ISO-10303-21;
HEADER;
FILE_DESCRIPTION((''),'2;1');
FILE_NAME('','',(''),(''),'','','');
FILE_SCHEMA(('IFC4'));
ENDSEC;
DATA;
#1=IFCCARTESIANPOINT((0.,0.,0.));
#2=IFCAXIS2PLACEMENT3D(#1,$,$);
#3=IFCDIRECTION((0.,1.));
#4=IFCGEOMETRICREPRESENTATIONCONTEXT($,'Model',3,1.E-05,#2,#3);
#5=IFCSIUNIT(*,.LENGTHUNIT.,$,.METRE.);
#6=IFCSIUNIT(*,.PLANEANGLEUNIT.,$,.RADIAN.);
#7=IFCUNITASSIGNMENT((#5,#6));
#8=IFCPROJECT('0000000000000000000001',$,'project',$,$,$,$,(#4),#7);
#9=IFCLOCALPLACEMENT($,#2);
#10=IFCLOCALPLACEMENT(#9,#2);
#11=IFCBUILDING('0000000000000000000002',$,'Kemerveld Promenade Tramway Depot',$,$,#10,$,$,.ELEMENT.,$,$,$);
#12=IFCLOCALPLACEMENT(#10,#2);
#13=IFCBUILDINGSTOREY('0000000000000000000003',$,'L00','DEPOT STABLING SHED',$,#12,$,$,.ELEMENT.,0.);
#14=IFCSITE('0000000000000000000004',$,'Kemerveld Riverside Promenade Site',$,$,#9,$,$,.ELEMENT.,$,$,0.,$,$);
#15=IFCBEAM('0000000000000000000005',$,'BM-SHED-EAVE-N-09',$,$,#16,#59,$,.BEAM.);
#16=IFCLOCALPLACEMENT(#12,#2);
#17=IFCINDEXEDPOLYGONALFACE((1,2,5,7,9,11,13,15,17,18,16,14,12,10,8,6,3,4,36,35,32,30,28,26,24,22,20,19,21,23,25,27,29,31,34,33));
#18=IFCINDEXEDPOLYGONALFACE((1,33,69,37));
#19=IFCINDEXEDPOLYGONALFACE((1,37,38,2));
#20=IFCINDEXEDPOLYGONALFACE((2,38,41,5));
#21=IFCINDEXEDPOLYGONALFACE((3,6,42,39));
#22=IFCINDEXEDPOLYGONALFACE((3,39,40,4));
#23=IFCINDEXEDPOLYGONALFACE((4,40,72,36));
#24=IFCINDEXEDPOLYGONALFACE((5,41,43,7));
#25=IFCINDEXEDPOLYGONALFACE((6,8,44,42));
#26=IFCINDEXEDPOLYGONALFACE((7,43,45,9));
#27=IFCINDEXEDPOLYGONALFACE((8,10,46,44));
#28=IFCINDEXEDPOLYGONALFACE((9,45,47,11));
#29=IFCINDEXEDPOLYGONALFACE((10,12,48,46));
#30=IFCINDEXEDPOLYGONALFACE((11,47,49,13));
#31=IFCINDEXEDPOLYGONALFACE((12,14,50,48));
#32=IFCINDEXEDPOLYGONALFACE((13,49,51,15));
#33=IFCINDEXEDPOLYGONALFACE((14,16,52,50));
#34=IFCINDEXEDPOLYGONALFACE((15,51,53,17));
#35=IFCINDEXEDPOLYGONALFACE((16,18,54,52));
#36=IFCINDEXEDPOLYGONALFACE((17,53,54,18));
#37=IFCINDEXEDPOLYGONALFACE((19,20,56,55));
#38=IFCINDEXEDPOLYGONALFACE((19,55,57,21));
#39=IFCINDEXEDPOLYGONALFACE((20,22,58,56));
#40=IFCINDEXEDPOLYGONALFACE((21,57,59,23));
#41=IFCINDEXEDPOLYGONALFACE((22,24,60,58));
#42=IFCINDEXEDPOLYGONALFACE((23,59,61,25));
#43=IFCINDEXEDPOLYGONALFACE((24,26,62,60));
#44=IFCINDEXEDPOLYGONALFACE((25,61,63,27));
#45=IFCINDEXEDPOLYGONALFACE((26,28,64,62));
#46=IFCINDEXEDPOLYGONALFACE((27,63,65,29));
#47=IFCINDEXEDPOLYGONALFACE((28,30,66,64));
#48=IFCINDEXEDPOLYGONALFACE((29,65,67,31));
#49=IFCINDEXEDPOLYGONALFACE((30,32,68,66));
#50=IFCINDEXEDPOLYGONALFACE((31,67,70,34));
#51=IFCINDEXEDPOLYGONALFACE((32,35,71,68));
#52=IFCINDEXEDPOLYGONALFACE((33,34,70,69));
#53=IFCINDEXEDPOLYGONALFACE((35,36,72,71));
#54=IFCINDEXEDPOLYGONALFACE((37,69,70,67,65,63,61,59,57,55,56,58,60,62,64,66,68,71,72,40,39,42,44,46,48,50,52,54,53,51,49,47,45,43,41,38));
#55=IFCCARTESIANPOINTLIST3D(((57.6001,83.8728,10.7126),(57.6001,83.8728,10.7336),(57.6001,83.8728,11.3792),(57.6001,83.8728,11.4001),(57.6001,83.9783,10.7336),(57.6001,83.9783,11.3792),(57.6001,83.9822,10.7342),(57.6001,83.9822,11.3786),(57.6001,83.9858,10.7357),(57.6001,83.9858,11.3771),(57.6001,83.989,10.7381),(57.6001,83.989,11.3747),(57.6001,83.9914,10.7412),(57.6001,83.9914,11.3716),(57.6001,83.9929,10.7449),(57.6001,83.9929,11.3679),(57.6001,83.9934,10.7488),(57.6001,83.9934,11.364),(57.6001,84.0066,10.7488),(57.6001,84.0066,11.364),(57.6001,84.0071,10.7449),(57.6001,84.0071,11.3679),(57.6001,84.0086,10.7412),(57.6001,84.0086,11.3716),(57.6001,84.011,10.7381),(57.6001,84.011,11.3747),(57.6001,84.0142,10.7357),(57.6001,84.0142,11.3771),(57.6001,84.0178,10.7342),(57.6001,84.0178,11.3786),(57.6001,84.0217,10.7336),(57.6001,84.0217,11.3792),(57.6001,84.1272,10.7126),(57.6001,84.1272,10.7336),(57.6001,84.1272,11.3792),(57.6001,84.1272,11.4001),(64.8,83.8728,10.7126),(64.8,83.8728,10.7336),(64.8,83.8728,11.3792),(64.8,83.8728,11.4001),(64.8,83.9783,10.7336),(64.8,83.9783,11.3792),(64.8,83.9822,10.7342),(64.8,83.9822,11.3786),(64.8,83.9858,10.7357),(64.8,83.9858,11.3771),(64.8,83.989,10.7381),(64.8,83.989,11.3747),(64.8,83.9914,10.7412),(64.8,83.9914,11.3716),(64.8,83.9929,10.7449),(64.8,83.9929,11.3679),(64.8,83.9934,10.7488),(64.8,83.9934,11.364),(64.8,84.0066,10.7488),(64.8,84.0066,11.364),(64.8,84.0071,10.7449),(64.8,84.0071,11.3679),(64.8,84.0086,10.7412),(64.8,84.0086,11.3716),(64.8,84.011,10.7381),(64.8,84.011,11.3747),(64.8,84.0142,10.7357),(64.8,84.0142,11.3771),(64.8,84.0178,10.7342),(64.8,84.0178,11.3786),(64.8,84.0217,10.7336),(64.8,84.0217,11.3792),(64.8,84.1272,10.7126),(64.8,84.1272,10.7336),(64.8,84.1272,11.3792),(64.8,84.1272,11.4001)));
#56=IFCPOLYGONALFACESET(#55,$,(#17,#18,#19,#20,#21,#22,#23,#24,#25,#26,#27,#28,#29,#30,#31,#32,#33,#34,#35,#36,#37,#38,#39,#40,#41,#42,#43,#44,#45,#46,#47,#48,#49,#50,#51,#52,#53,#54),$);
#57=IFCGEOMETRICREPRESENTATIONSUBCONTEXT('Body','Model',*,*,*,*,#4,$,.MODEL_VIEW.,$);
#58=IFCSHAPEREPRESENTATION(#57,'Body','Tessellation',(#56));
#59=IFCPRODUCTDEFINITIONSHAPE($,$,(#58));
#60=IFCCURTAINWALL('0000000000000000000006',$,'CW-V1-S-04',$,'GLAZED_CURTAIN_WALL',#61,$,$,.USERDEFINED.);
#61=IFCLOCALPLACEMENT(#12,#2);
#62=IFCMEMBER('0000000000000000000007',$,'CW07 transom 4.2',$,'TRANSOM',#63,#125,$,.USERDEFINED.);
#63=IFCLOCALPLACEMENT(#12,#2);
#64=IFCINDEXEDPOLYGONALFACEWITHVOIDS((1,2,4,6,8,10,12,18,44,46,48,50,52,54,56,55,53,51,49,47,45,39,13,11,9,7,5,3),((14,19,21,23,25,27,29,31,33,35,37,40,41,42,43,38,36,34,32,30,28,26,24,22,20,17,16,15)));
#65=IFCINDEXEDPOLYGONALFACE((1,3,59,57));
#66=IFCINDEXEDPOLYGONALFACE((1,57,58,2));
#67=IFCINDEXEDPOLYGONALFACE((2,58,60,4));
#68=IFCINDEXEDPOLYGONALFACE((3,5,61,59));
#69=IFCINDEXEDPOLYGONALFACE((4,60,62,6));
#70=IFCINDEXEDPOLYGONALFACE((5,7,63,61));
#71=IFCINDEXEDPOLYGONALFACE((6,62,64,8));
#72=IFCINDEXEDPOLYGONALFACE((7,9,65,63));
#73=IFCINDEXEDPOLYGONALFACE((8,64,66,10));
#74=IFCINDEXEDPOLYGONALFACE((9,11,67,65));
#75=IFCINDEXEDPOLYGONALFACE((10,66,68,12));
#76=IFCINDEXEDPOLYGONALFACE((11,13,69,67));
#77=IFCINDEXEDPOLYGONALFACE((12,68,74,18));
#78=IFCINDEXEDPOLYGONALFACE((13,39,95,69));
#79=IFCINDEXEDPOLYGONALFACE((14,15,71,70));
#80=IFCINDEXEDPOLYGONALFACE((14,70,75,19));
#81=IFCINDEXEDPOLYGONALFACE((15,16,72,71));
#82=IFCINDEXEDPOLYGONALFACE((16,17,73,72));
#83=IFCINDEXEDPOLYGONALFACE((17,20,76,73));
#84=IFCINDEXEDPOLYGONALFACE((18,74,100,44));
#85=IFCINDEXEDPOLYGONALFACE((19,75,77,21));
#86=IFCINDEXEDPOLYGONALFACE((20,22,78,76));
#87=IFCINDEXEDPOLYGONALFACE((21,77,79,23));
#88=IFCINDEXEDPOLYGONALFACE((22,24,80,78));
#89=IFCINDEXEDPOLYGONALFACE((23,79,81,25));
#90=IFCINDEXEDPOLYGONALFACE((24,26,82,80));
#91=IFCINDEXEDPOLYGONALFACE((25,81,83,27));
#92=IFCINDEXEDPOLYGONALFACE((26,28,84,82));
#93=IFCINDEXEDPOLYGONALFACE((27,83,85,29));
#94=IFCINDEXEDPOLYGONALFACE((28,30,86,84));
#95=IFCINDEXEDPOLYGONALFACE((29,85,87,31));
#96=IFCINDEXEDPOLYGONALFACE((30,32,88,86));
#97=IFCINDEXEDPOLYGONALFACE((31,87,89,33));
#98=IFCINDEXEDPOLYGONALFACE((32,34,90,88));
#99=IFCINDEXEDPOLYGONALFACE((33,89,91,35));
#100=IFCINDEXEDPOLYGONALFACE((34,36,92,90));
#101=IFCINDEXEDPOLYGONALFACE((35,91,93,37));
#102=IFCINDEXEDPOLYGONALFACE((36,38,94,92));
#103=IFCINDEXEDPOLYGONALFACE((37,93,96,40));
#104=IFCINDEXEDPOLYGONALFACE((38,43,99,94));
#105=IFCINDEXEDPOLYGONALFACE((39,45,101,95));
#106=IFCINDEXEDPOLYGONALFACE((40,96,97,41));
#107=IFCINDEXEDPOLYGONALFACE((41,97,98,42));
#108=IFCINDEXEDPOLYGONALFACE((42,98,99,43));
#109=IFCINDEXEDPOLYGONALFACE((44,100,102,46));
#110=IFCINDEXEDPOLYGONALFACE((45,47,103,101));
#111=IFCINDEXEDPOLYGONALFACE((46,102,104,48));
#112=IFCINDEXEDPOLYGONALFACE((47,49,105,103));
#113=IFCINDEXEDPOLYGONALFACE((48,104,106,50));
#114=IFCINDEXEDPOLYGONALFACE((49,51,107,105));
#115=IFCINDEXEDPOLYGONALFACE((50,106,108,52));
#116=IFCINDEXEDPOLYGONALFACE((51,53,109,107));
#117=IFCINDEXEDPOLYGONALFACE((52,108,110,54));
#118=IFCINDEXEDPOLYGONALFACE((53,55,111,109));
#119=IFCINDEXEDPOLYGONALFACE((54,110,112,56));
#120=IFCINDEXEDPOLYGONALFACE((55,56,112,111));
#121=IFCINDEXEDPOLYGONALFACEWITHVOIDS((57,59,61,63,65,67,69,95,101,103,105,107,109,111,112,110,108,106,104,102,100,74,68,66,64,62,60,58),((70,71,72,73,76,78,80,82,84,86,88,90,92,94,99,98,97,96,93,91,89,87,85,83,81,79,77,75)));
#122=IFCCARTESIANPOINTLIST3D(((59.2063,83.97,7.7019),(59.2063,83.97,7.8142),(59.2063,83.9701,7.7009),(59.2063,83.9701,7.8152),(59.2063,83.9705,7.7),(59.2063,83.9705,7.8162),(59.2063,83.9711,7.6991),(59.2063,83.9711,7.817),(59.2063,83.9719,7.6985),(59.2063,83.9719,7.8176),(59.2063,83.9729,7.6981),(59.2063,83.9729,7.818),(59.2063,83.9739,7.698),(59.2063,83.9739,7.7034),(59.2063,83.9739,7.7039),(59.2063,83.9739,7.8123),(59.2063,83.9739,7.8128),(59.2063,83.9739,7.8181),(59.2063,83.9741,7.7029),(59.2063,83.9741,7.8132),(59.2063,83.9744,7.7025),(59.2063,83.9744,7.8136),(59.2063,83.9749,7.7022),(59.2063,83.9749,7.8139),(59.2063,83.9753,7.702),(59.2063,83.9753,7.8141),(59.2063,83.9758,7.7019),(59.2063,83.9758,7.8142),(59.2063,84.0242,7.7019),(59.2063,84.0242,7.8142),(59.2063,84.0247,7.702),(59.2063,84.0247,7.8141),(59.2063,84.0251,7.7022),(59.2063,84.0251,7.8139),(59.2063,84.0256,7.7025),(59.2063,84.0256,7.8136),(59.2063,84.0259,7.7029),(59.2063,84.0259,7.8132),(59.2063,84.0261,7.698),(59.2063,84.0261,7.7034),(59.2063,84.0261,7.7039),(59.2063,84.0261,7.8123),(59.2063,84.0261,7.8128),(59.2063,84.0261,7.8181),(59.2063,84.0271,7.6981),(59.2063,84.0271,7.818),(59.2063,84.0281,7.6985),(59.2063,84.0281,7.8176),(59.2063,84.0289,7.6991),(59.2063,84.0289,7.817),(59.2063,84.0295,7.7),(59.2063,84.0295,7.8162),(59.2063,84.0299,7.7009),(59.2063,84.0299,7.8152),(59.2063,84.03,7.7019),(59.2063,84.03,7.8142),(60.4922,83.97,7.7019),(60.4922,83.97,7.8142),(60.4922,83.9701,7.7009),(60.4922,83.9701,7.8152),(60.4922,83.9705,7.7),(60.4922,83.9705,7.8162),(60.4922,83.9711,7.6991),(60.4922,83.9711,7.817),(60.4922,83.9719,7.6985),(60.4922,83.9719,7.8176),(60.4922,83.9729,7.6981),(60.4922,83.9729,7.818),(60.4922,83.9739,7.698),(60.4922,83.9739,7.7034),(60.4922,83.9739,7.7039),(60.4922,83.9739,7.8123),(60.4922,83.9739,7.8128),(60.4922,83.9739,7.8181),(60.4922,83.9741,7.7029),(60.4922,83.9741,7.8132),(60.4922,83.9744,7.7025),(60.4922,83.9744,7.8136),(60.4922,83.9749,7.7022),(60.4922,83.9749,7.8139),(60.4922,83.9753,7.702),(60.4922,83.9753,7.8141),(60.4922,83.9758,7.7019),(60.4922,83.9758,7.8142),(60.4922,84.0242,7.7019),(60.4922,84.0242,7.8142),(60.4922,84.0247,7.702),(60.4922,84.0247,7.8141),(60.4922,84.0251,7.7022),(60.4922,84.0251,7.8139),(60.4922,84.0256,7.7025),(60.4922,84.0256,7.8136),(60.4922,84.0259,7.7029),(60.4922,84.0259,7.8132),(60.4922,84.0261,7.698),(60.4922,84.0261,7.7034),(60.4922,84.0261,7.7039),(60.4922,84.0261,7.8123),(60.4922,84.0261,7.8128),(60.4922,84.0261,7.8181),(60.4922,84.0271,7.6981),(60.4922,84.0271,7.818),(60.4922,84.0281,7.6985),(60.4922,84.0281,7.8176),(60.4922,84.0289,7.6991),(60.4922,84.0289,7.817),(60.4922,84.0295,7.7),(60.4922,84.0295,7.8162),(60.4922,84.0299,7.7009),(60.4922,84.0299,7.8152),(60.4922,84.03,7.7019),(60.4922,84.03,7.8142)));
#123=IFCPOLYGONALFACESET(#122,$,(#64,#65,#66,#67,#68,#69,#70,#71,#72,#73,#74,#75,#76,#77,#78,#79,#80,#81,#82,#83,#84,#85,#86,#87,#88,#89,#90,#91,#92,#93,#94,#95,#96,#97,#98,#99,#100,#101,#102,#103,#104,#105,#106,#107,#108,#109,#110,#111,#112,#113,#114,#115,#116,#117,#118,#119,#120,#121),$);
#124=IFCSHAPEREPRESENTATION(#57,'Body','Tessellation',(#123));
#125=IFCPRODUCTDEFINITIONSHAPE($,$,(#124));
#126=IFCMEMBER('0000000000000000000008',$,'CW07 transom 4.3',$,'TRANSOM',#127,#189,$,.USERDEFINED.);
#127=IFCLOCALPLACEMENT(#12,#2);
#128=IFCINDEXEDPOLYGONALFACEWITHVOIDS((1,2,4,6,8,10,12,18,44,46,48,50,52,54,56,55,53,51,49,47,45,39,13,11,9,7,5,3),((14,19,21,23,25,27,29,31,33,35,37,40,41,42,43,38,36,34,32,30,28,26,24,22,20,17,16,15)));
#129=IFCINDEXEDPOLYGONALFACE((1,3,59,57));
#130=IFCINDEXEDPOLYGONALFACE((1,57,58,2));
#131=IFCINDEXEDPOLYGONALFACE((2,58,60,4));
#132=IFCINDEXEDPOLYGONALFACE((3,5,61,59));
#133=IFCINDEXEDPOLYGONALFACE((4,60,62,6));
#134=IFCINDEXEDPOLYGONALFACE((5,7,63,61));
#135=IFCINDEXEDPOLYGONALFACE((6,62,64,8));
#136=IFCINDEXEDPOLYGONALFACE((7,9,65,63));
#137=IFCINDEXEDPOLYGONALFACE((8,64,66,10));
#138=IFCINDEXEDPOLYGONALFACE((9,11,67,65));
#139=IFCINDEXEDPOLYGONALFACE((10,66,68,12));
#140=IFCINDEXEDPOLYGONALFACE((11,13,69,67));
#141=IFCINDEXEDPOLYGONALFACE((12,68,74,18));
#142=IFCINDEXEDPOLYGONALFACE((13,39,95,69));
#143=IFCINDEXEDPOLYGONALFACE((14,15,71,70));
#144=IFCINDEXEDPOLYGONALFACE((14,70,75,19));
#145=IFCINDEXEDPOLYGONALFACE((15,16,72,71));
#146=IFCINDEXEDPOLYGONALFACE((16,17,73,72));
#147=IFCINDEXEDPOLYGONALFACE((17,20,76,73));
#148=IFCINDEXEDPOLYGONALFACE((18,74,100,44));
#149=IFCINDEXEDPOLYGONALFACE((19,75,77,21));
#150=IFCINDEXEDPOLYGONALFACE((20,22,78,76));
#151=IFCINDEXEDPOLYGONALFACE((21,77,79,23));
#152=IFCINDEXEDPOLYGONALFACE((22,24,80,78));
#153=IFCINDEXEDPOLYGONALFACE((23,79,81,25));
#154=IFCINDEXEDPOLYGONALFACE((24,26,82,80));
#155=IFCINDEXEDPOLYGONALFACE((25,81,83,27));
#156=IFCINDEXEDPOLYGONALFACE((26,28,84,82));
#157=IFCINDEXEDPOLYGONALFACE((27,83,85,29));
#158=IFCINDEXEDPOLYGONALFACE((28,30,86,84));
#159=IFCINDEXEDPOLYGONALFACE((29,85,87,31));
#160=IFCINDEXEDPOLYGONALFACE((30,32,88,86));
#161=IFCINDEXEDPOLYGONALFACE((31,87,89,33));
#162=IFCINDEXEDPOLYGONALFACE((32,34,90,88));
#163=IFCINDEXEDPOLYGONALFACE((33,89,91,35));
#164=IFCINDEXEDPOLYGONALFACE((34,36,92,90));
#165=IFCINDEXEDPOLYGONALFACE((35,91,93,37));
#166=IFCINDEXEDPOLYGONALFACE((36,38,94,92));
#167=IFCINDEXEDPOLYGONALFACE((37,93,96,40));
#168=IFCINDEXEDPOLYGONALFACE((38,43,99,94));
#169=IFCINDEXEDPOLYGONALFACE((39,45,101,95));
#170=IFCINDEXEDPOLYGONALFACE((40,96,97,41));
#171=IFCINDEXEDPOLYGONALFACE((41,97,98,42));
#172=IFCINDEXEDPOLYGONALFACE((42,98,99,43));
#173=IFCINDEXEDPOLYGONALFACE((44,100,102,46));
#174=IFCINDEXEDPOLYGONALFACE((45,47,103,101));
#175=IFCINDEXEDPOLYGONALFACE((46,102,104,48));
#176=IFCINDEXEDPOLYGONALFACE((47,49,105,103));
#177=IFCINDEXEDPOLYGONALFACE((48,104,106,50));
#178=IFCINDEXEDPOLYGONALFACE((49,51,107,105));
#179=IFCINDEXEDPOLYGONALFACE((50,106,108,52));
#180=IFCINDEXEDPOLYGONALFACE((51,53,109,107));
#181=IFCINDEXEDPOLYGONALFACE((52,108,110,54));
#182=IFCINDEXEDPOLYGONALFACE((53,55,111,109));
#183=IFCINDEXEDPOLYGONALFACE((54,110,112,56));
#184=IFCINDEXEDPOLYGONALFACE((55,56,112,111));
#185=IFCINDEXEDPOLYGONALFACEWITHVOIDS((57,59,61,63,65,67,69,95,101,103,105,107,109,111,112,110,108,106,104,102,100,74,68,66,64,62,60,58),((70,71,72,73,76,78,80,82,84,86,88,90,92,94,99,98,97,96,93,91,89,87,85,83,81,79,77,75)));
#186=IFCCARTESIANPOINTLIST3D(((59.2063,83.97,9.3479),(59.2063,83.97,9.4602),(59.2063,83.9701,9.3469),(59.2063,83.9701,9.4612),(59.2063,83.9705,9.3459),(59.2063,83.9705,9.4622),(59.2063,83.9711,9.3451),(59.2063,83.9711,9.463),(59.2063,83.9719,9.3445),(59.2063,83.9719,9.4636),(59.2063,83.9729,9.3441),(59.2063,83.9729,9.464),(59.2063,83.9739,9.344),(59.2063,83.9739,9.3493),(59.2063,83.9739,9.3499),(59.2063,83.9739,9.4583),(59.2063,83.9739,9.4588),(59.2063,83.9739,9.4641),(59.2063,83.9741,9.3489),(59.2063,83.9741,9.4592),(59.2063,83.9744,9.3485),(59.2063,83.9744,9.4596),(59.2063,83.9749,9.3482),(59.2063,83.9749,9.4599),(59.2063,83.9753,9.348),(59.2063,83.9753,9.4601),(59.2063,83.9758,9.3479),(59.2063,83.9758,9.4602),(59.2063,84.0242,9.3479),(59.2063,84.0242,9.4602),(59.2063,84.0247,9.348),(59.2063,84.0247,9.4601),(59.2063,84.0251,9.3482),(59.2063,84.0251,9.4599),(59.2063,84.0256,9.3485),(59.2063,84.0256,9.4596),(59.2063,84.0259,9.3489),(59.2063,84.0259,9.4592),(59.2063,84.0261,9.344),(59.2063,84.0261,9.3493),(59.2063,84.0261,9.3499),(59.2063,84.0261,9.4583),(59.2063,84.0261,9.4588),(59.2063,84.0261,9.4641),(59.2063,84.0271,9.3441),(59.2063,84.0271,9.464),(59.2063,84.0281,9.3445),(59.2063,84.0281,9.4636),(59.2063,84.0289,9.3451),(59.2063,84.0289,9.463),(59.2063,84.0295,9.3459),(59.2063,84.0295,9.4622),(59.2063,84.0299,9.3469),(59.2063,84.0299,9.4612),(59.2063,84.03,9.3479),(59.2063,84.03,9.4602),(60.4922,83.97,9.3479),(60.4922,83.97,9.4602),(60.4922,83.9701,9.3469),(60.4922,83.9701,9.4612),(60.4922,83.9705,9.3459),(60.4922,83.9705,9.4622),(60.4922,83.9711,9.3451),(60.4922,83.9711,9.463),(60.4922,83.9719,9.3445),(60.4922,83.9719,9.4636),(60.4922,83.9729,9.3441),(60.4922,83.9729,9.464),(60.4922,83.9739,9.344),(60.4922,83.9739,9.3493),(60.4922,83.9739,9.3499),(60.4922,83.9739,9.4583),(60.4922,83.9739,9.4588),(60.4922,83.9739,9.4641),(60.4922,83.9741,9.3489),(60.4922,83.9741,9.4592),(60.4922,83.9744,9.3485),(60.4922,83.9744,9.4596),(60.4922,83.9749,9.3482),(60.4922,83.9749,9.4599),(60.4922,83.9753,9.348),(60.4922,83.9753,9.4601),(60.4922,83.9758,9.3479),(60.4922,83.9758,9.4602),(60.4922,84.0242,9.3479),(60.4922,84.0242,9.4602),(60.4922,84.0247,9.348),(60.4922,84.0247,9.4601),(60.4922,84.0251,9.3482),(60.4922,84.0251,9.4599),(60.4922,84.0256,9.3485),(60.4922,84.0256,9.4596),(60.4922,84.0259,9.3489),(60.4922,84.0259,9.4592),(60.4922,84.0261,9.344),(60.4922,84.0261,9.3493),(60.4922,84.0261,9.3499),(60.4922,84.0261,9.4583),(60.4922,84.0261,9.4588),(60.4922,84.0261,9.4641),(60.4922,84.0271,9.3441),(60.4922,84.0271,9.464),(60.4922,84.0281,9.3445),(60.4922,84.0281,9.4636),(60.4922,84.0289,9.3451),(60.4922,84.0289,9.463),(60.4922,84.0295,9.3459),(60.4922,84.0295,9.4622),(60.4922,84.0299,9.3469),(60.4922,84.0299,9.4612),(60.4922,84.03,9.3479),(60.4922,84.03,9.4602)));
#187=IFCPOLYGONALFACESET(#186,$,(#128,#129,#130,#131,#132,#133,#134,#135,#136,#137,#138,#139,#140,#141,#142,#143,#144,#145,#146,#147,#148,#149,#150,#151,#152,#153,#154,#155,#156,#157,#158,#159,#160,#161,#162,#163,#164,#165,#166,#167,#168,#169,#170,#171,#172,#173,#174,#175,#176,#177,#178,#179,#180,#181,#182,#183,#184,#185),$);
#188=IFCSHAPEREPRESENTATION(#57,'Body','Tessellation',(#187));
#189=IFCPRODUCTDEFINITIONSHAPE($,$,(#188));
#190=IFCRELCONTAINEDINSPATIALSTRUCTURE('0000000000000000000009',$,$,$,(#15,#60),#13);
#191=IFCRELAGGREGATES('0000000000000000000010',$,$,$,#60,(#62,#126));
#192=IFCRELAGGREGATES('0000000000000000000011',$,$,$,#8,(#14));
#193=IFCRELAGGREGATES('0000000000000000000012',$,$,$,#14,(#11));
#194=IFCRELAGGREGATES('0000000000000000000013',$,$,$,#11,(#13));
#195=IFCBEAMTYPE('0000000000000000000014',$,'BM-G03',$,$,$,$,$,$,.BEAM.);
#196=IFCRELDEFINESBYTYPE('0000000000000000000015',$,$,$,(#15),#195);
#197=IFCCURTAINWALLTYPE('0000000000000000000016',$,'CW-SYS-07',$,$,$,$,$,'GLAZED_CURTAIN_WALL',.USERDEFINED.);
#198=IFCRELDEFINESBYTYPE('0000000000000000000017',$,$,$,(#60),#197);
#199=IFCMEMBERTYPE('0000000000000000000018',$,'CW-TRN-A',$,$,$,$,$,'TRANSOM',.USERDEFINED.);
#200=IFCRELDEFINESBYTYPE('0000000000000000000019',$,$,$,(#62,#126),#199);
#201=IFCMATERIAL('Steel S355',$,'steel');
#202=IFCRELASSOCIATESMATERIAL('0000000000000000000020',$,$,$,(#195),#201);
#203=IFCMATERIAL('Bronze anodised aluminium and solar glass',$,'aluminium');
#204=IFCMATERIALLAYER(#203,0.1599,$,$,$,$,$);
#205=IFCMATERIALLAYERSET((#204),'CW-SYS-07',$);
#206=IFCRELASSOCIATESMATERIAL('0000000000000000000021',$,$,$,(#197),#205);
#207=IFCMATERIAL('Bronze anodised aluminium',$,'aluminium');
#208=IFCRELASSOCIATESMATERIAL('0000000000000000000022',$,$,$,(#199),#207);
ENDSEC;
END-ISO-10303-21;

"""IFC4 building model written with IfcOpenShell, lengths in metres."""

from ifc_helpers import new_model, si_unit, direction, frame, origin, origin_2d, place, context, subcontext, project, spatial, hollow_rectangle, i_section, extrude, material, layer, layer_set, material_profile, profile_set, type_object, element, aggregate, save


model = new_model("IFC4")

# Units and contexts
model_context = context("Model", 3, precision=1e-05, world=origin(), true_north=direction((0.0, 1.0)))
body_context = subcontext(model_context, "Body", "Model", "MODEL_VIEW")
ifc_project = project(units=[si_unit("LENGTHUNIT", "METRE"), si_unit("PLANEANGLEUNIT", "RADIAN")], contexts=[model_context])

# Site, building, storey
site_placement = place(None, origin())
site = spatial("IfcSite", under=ifc_project, at=site_placement, Name="Kemerveld Riverside Promenade Site", CompositionType="ELEMENT", RefElevation=0.0)
building_placement = place(site_placement, origin())
building = spatial("IfcBuilding", under=site, at=building_placement, Name="Kemerveld Promenade Tramway Depot", CompositionType="ELEMENT")
storey_placement = place(building_placement, origin())
storey = spatial("IfcBuildingStorey", under=building, at=storey_placement, Name="L00", Description="DEPOT STABLING SHED", CompositionType="ELEMENT", Elevation=0.0)

# Beam
ifc_material_1 = material(Name="Steel S355", Category="steel")
ifc_material_profile_1 = material_profile(ifc_material_1, i_section(OverallWidth=0.2544, OverallDepth=0.6875, WebThickness=0.0132, FlangeThickness=0.021, FilletRadius=0.0151, at=origin_2d()), Name="686x254x152 UB")
ifc_profile_set_1 = profile_set([ifc_material_profile_1], Name="Steel S355")
beam_type = type_object("IfcBeamType", Name="BM-G03", PredefinedType="BEAM", material=ifc_profile_set_1)
beam_placement = place(storey_placement, frame((57.6001, 84.0, 11.0564), z_axis=(1.0, 0.0, 0.0), x_axis=(0.0, 1.0, 0.0)))
element("IfcBeam", 1, at=beam_placement, inside=storey, type_object=beam_type, Name="BM-SHED-EAVE-N-09", PredefinedType="BEAM", context=body_context, shape_type="SweptSolid", body=[
    extrude(i_section(OverallWidth=0.2544, OverallDepth=0.6875, WebThickness=0.0132, FlangeThickness=0.021, FilletRadius=0.0151, at=origin_2d()), origin(), (0.0, 0.0, 1.0), 7.2),
])

# Curtain wall, members
ifc_material_2 = material(Name="Bronze anodised aluminium and solar glass", Category="aluminium")
ifc_layer_1 = layer(ifc_material_2, 0.1599)
ifc_layer_set_1 = layer_set([ifc_layer_1], Name="CW-SYS-07")
curtain_wall_type_1 = type_object("IfcCurtainWallType", Name="CW-SYS-07", ElementType="GLAZED_CURTAIN_WALL", PredefinedType="USERDEFINED", material=ifc_layer_set_1)
curtain_wall_1_placement = place(storey_placement, origin())
curtain_wall_1 = element("IfcCurtainWall", 2, at=curtain_wall_1_placement, inside=storey, type_object=curtain_wall_type_1, Name="CW-V1-S-04", ObjectType="GLAZED_CURTAIN_WALL", PredefinedType="USERDEFINED")
ifc_material_3 = material(Name="Bronze anodised aluminium", Category="aluminium")
ifc_material_profile_2 = material_profile(ifc_material_3, hollow_rectangle(XDim=0.0601, YDim=0.1201, WallThickness=0.0039, InnerFilletRadius=0.002, OuterFilletRadius=0.0039, at=origin_2d()), Name="CW-TRN-120x60")
ifc_profile_set_2 = profile_set([ifc_material_profile_2], Name="Bronze anodised aluminium")
member_type_1 = type_object("IfcMemberType", Name="CW-TRN-A", ElementType="TRANSOM", PredefinedType="USERDEFINED", material=ifc_profile_set_2)
member_1_placement = place(storey_placement, frame((60.4922, 84.0, 7.7581), z_axis=(-1.0, 0.0, 0.0), x_axis=(0.0, -1.0, 0.0)))
member_1 = element("IfcMember", 3, at=member_1_placement, type_object=member_type_1, Name="CW07 transom 4.2", ObjectType="TRANSOM", PredefinedType="USERDEFINED", context=body_context, shape_type="SweptSolid", body=[
    extrude(hollow_rectangle(XDim=0.0601, YDim=0.1201, WallThickness=0.0039, InnerFilletRadius=0.002, OuterFilletRadius=0.0039, at=origin_2d()), origin(), (0.0, 0.0, 1.0), 1.2859),
])
member_2_placement = place(storey_placement, frame((60.4922, 84.0, 9.4041), z_axis=(-1.0, 0.0, 0.0), x_axis=(0.0, -1.0, 0.0)))
member_2 = element("IfcMember", 4, at=member_2_placement, type_object=member_type_1, Name="CW07 transom 4.3", ObjectType="TRANSOM", PredefinedType="USERDEFINED", context=body_context, shape_type="SweptSolid", body=[
    extrude(hollow_rectangle(XDim=0.0601, YDim=0.1201, WallThickness=0.0039, InnerFilletRadius=0.002, OuterFilletRadius=0.0039, at=origin_2d()), origin(), (0.0, 0.0, 1.0), 1.2859),
])

aggregate(curtain_wall_1, [member_1, member_2])

save(model, "model.ifc")
